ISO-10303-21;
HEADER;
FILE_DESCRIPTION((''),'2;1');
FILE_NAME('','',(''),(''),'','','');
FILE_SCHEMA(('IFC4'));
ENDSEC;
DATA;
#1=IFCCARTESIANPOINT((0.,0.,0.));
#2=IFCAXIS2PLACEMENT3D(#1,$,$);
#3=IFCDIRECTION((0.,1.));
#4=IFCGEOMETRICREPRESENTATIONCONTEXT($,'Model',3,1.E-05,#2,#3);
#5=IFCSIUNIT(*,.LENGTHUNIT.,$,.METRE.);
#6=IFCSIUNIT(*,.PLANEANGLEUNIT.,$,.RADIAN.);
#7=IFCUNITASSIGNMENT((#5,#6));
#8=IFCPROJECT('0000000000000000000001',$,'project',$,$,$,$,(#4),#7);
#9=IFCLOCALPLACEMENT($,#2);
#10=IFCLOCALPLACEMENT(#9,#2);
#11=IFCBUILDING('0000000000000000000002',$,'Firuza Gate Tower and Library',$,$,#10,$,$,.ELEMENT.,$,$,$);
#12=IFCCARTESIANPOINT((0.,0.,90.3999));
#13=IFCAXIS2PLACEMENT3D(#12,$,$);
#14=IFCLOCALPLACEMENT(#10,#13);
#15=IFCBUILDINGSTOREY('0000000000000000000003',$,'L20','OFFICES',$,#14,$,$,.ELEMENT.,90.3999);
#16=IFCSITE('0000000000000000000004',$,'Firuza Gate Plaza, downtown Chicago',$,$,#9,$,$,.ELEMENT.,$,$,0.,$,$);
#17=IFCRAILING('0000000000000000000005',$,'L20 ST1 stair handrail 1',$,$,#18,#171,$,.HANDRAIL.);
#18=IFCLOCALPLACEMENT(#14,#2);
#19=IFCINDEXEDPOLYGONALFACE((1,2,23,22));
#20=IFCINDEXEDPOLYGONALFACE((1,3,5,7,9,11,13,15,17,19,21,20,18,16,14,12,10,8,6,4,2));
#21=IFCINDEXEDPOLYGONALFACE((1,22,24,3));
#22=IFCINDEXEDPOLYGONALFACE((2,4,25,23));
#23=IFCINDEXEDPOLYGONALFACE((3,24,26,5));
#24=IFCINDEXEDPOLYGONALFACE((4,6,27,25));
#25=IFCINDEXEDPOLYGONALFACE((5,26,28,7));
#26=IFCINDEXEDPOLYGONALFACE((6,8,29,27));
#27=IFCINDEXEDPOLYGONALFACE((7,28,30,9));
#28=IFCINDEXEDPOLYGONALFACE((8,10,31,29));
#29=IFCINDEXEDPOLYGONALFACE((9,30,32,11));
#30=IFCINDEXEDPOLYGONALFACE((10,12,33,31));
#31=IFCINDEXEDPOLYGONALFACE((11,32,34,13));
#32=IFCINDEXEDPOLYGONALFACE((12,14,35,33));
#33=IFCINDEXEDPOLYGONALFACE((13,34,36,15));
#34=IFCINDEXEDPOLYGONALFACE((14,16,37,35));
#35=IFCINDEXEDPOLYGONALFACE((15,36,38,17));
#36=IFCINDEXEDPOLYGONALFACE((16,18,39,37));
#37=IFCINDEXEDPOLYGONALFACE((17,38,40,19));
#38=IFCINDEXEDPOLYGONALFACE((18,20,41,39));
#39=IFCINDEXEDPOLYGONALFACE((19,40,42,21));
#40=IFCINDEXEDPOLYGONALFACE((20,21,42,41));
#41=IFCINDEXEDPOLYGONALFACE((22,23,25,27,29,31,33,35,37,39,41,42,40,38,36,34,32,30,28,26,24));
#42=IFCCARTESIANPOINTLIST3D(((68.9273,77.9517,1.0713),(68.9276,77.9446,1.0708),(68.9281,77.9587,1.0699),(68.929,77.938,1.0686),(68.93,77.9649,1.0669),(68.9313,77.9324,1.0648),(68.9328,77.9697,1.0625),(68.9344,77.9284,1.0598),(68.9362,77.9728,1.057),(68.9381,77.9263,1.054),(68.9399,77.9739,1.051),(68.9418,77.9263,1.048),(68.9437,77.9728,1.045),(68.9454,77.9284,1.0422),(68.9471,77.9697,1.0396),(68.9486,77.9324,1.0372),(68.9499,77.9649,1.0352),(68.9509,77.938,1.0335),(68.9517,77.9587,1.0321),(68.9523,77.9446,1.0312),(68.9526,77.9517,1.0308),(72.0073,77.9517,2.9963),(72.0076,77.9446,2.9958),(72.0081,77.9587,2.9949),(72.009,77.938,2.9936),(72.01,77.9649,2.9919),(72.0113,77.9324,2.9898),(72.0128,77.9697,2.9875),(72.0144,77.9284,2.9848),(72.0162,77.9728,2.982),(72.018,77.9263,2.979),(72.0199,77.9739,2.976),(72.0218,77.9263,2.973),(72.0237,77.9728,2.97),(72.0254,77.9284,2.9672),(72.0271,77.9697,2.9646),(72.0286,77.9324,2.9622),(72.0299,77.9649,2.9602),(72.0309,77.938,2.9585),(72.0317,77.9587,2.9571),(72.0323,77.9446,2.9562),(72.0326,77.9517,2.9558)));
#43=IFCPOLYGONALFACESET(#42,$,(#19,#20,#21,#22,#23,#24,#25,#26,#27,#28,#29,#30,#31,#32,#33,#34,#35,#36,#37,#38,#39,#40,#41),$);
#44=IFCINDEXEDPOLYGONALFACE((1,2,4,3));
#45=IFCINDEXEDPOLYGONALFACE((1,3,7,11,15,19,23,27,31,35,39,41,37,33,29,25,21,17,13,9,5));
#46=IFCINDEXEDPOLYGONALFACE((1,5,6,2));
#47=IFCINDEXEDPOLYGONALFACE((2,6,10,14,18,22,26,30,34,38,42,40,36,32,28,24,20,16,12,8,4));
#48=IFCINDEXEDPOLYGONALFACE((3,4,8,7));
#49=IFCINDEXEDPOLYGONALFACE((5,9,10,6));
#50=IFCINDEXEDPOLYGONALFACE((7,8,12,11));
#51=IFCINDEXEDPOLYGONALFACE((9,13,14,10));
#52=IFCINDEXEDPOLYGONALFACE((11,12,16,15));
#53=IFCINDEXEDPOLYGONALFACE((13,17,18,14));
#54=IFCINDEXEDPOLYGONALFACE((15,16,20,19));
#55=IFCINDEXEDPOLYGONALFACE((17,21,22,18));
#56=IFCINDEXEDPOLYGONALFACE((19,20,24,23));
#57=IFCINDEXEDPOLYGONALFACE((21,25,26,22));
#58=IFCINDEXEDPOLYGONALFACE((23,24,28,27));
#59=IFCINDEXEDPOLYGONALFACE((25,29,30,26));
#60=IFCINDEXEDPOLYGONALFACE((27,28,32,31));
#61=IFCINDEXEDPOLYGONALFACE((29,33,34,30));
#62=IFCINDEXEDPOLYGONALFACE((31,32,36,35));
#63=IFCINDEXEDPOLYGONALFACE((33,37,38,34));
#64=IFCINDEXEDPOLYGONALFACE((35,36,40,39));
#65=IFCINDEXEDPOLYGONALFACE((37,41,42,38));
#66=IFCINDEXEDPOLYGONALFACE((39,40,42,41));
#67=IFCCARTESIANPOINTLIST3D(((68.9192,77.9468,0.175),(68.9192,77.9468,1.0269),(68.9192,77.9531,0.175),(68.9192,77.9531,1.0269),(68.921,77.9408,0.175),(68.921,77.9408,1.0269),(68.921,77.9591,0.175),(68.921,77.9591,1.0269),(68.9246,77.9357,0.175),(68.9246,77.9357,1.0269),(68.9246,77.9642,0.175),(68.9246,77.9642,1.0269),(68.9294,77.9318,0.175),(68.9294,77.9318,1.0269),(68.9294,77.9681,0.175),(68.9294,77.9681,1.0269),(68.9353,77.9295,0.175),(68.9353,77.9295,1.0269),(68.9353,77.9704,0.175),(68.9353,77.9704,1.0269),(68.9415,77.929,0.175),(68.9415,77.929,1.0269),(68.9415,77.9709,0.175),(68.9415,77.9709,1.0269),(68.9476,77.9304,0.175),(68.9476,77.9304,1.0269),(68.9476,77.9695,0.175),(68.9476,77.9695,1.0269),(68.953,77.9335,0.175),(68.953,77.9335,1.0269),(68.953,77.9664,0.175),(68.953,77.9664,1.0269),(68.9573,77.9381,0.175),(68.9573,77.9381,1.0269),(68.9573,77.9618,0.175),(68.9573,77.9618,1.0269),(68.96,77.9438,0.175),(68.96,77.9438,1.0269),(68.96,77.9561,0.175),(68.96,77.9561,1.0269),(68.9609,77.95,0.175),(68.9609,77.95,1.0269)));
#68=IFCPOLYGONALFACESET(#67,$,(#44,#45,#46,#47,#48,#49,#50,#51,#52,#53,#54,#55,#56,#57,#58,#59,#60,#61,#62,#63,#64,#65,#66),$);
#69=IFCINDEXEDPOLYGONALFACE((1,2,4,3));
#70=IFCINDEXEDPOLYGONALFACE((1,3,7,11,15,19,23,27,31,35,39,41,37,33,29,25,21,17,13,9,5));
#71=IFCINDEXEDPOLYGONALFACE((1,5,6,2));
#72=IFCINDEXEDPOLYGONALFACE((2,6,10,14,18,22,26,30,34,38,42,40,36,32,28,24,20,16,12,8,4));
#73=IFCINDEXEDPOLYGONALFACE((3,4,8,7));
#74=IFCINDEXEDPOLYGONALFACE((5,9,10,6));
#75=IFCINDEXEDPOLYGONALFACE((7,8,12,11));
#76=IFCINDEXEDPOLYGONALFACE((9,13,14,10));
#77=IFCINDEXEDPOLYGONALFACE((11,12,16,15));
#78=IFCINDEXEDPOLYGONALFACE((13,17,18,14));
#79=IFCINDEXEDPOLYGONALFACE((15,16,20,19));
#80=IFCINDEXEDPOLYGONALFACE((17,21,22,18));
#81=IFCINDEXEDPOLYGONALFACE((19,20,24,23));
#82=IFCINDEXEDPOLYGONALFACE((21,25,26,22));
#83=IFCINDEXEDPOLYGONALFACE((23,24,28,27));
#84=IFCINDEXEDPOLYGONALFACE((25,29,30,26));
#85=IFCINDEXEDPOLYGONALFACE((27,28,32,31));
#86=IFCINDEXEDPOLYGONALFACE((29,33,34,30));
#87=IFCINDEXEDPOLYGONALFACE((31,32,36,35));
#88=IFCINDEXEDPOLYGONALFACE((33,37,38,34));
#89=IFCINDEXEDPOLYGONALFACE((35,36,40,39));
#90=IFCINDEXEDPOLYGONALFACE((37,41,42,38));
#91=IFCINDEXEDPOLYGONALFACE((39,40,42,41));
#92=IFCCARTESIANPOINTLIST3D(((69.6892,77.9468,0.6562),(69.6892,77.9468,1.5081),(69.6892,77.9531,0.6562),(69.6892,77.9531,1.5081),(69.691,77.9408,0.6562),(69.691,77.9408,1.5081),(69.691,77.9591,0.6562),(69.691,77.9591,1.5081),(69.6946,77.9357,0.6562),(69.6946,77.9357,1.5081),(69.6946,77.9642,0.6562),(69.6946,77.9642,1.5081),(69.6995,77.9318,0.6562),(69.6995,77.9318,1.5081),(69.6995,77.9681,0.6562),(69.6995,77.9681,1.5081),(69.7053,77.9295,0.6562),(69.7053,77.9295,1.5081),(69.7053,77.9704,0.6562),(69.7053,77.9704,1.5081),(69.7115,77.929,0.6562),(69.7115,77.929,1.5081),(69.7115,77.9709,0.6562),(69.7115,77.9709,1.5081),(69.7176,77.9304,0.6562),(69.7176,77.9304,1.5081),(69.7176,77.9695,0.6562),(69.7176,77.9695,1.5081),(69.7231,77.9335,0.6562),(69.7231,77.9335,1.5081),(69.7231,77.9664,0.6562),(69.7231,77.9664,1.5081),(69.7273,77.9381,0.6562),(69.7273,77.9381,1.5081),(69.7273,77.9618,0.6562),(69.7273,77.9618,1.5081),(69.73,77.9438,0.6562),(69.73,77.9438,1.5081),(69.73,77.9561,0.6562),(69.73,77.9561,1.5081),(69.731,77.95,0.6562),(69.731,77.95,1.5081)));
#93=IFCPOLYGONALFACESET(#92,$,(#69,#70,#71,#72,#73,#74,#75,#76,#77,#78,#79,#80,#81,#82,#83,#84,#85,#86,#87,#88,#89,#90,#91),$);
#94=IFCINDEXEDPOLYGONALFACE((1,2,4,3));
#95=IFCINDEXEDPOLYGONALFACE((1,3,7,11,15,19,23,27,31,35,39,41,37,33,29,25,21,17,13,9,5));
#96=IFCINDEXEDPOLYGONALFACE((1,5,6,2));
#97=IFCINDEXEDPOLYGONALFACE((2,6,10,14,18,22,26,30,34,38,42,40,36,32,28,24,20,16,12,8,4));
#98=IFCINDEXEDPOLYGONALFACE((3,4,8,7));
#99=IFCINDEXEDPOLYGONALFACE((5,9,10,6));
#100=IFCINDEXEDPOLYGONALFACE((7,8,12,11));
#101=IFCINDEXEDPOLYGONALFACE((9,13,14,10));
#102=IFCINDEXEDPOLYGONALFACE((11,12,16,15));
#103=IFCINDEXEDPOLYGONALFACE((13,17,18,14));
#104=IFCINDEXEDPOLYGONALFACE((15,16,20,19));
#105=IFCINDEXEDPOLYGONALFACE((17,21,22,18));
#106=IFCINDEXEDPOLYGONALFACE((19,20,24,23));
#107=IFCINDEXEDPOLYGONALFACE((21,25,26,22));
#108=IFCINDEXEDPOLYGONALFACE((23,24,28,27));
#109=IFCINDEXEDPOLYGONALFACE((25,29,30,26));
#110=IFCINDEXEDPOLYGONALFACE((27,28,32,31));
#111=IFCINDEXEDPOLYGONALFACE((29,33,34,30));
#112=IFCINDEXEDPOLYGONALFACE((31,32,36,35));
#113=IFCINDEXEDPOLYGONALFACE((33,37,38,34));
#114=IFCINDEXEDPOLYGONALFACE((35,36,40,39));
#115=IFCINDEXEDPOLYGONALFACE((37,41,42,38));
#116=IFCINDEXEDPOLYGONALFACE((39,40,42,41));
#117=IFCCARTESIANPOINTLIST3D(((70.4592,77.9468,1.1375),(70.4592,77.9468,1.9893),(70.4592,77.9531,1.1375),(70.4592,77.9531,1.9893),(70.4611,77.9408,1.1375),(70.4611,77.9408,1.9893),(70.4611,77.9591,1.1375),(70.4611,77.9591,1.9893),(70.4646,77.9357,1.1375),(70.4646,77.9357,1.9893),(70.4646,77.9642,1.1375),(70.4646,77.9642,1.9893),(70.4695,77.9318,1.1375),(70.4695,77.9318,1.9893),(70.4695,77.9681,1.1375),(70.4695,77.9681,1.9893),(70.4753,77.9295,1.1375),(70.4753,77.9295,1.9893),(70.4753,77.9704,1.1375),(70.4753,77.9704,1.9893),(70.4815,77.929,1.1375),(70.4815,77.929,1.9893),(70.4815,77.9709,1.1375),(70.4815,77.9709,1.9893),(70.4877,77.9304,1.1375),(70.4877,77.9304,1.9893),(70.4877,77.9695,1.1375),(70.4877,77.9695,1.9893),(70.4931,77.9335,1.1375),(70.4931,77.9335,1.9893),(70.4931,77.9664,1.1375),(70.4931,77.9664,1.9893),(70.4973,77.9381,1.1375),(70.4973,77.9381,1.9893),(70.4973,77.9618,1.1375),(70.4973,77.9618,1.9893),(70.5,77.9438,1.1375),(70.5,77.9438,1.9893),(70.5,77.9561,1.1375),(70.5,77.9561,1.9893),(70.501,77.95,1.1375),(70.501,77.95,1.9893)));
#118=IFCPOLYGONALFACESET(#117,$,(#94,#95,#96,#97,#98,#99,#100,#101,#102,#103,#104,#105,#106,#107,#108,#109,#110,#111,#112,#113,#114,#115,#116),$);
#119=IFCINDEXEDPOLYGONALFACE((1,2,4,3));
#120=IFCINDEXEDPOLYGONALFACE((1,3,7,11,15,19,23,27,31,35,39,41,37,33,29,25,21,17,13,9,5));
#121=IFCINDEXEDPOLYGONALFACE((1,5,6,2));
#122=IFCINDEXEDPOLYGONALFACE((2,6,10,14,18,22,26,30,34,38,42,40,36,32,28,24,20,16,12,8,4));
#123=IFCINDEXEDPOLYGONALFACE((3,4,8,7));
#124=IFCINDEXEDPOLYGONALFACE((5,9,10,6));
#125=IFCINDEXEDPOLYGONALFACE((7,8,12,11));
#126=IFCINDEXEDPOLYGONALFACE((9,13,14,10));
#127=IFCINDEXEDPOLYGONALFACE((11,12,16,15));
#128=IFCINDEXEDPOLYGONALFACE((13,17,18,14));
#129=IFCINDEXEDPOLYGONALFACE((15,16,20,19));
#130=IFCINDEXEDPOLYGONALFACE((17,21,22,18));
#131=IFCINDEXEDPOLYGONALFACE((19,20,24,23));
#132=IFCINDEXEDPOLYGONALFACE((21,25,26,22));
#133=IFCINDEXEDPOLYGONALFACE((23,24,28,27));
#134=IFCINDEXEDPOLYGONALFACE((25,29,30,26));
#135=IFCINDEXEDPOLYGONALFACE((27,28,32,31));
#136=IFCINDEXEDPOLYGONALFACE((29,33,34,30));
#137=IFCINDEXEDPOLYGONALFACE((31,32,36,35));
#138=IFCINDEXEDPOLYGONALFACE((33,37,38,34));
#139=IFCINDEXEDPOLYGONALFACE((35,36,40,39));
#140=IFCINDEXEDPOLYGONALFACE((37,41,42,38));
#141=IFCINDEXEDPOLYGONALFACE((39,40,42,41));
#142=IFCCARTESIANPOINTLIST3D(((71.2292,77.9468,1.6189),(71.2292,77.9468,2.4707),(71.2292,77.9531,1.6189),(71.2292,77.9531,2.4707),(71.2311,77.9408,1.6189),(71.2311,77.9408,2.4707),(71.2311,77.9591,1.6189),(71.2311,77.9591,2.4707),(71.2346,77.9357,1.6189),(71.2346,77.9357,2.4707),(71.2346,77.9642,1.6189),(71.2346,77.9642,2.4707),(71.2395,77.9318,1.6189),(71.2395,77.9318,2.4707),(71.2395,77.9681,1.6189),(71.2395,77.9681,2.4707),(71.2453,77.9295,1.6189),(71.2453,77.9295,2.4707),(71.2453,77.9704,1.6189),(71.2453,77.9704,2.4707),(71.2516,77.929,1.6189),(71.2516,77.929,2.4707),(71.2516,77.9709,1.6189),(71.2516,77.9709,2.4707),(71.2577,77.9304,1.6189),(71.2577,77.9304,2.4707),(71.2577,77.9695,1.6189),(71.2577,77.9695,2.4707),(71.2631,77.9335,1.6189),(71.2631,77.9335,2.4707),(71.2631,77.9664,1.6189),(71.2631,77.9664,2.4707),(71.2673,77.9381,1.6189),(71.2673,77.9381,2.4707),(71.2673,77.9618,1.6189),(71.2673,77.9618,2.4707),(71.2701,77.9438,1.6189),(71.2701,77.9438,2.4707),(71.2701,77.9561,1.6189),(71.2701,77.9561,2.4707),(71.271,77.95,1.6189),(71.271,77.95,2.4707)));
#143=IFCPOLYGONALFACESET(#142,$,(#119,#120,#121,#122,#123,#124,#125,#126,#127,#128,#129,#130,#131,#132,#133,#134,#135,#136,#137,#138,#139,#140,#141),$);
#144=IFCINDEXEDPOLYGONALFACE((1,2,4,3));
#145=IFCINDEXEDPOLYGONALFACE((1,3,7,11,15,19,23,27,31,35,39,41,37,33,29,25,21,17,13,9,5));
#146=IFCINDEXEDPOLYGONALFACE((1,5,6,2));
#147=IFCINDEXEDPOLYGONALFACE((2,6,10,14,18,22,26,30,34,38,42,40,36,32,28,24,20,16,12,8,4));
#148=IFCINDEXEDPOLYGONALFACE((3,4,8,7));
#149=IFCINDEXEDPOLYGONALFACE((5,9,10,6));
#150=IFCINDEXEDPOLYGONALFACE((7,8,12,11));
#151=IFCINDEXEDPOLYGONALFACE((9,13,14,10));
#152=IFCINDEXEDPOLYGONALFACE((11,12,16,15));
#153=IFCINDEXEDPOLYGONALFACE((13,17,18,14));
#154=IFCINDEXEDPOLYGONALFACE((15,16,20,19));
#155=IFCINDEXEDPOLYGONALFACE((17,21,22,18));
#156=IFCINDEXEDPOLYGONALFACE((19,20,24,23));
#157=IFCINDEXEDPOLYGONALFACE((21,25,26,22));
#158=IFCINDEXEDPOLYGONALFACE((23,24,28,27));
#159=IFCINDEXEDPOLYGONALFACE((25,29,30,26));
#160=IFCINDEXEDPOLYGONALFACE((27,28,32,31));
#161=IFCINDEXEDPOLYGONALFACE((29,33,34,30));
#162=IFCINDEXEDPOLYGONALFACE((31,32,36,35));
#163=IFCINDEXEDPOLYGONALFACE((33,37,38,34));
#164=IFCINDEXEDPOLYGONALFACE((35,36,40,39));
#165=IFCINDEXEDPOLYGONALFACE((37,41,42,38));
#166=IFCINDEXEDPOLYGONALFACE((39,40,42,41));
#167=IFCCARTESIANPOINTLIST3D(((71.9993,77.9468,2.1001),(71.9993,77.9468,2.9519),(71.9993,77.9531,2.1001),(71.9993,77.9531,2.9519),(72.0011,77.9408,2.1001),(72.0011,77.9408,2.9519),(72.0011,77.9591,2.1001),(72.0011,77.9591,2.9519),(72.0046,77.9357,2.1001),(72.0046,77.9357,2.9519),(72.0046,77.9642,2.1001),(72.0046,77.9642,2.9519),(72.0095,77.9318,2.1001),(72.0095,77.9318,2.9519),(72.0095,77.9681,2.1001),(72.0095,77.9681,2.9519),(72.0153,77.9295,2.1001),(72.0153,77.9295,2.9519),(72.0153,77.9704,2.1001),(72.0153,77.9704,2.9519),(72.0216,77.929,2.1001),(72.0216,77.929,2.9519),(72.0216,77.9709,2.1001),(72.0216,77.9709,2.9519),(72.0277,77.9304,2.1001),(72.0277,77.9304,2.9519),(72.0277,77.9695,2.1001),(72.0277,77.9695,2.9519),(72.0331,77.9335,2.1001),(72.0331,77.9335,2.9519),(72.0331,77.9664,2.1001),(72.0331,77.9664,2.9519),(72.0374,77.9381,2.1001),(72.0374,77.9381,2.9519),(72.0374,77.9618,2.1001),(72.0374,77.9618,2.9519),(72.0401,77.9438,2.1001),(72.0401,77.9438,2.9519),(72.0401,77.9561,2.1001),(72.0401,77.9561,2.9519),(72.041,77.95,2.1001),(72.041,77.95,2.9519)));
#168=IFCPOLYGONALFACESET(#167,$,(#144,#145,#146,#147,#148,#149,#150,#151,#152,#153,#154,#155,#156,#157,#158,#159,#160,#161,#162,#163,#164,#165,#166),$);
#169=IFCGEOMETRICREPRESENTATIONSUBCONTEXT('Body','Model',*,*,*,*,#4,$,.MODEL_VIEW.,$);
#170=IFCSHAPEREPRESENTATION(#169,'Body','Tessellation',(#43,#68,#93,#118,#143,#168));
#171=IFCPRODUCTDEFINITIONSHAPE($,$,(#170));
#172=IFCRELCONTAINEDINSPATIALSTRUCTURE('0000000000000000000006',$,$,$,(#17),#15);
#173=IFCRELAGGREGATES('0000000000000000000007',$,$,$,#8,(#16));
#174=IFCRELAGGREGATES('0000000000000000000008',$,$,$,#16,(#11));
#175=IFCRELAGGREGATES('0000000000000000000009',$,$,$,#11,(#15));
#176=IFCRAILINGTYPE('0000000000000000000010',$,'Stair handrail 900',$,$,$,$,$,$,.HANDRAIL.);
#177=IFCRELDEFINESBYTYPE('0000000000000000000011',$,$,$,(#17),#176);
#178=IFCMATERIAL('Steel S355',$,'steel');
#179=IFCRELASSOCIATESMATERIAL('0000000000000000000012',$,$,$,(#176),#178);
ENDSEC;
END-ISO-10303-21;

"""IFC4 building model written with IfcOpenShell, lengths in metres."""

from ifc_helpers import new_model, si_unit, direction, frame, origin, origin_2d, place, context, subcontext, project, spatial, circle, extrude, material, type_object, element, save


model = new_model("IFC4")

# Units and contexts
model_context = context("Model", 3, precision=1e-05, world=origin(), true_north=direction((0.0, 1.0)))
body_context = subcontext(model_context, "Body", "Model", "MODEL_VIEW")
ifc_project = project(units=[si_unit("LENGTHUNIT", "METRE"), si_unit("PLANEANGLEUNIT", "RADIAN")], contexts=[model_context])

# Site, building, storey
site_placement = place(None, origin())
site = spatial("IfcSite", under=ifc_project, at=site_placement, Name="Firuza Gate Plaza, downtown Chicago", CompositionType="ELEMENT", RefElevation=0.0)
building_placement = place(site_placement, origin())
building = spatial("IfcBuilding", under=site, at=building_placement, Name="Firuza Gate Tower and Library", CompositionType="ELEMENT")
storey_placement = place(building_placement, frame((0.0, 0.0, 90.3999)))
storey = spatial("IfcBuildingStorey", under=building, at=storey_placement, Name="L20", Description="OFFICES", CompositionType="ELEMENT", Elevation=90.3999)

# Railing
ifc_material_1 = material(Name="Steel S355", Category="steel")
railing_type_1 = type_object("IfcRailingType", Name="Stair handrail 900", PredefinedType="HANDRAIL", material=ifc_material_1)
railing_1_placement = place(storey_placement, frame((68.9399, 77.95, 0.175)))
element("IfcRailing", 1, at=railing_1_placement, inside=storey, type_object=railing_type_1, Name="L20 ST1 stair handrail 1", PredefinedType="HANDRAIL", context=body_context, shape_type="SweptSolid", body=[
    extrude(circle(Radius=0.0239, at=origin_2d()), frame((0.0, 0.0, 0.876), z_axis=(0.847998, 0.0, 0.529999), x_axis=(0.0, 1.0, 0.0)), (0.0, 0.0, 1.0), 3.6321),
    extrude(circle(Radius=0.021, at=origin_2d()), origin(), (0.0, 0.0, 1.0), 0.8518),
    extrude(circle(Radius=0.021, at=origin_2d()), frame((0.77, 0.0, 0.4812)), (0.0, 0.0, 1.0), 0.8518),
    extrude(circle(Radius=0.021, at=origin_2d()), frame((1.54, 0.0, 0.9624)), (0.0, 0.0, 1.0), 0.8518),
    extrude(circle(Radius=0.021, at=origin_2d()), frame((2.3101, 0.0, 1.4438)), (0.0, 0.0, 1.0), 0.8518),
    extrude(circle(Radius=0.021, at=origin_2d()), frame((3.0801, 0.0, 1.925)), (0.0, 0.0, 1.0), 0.8518),
])

save(model, "model.ifc")
